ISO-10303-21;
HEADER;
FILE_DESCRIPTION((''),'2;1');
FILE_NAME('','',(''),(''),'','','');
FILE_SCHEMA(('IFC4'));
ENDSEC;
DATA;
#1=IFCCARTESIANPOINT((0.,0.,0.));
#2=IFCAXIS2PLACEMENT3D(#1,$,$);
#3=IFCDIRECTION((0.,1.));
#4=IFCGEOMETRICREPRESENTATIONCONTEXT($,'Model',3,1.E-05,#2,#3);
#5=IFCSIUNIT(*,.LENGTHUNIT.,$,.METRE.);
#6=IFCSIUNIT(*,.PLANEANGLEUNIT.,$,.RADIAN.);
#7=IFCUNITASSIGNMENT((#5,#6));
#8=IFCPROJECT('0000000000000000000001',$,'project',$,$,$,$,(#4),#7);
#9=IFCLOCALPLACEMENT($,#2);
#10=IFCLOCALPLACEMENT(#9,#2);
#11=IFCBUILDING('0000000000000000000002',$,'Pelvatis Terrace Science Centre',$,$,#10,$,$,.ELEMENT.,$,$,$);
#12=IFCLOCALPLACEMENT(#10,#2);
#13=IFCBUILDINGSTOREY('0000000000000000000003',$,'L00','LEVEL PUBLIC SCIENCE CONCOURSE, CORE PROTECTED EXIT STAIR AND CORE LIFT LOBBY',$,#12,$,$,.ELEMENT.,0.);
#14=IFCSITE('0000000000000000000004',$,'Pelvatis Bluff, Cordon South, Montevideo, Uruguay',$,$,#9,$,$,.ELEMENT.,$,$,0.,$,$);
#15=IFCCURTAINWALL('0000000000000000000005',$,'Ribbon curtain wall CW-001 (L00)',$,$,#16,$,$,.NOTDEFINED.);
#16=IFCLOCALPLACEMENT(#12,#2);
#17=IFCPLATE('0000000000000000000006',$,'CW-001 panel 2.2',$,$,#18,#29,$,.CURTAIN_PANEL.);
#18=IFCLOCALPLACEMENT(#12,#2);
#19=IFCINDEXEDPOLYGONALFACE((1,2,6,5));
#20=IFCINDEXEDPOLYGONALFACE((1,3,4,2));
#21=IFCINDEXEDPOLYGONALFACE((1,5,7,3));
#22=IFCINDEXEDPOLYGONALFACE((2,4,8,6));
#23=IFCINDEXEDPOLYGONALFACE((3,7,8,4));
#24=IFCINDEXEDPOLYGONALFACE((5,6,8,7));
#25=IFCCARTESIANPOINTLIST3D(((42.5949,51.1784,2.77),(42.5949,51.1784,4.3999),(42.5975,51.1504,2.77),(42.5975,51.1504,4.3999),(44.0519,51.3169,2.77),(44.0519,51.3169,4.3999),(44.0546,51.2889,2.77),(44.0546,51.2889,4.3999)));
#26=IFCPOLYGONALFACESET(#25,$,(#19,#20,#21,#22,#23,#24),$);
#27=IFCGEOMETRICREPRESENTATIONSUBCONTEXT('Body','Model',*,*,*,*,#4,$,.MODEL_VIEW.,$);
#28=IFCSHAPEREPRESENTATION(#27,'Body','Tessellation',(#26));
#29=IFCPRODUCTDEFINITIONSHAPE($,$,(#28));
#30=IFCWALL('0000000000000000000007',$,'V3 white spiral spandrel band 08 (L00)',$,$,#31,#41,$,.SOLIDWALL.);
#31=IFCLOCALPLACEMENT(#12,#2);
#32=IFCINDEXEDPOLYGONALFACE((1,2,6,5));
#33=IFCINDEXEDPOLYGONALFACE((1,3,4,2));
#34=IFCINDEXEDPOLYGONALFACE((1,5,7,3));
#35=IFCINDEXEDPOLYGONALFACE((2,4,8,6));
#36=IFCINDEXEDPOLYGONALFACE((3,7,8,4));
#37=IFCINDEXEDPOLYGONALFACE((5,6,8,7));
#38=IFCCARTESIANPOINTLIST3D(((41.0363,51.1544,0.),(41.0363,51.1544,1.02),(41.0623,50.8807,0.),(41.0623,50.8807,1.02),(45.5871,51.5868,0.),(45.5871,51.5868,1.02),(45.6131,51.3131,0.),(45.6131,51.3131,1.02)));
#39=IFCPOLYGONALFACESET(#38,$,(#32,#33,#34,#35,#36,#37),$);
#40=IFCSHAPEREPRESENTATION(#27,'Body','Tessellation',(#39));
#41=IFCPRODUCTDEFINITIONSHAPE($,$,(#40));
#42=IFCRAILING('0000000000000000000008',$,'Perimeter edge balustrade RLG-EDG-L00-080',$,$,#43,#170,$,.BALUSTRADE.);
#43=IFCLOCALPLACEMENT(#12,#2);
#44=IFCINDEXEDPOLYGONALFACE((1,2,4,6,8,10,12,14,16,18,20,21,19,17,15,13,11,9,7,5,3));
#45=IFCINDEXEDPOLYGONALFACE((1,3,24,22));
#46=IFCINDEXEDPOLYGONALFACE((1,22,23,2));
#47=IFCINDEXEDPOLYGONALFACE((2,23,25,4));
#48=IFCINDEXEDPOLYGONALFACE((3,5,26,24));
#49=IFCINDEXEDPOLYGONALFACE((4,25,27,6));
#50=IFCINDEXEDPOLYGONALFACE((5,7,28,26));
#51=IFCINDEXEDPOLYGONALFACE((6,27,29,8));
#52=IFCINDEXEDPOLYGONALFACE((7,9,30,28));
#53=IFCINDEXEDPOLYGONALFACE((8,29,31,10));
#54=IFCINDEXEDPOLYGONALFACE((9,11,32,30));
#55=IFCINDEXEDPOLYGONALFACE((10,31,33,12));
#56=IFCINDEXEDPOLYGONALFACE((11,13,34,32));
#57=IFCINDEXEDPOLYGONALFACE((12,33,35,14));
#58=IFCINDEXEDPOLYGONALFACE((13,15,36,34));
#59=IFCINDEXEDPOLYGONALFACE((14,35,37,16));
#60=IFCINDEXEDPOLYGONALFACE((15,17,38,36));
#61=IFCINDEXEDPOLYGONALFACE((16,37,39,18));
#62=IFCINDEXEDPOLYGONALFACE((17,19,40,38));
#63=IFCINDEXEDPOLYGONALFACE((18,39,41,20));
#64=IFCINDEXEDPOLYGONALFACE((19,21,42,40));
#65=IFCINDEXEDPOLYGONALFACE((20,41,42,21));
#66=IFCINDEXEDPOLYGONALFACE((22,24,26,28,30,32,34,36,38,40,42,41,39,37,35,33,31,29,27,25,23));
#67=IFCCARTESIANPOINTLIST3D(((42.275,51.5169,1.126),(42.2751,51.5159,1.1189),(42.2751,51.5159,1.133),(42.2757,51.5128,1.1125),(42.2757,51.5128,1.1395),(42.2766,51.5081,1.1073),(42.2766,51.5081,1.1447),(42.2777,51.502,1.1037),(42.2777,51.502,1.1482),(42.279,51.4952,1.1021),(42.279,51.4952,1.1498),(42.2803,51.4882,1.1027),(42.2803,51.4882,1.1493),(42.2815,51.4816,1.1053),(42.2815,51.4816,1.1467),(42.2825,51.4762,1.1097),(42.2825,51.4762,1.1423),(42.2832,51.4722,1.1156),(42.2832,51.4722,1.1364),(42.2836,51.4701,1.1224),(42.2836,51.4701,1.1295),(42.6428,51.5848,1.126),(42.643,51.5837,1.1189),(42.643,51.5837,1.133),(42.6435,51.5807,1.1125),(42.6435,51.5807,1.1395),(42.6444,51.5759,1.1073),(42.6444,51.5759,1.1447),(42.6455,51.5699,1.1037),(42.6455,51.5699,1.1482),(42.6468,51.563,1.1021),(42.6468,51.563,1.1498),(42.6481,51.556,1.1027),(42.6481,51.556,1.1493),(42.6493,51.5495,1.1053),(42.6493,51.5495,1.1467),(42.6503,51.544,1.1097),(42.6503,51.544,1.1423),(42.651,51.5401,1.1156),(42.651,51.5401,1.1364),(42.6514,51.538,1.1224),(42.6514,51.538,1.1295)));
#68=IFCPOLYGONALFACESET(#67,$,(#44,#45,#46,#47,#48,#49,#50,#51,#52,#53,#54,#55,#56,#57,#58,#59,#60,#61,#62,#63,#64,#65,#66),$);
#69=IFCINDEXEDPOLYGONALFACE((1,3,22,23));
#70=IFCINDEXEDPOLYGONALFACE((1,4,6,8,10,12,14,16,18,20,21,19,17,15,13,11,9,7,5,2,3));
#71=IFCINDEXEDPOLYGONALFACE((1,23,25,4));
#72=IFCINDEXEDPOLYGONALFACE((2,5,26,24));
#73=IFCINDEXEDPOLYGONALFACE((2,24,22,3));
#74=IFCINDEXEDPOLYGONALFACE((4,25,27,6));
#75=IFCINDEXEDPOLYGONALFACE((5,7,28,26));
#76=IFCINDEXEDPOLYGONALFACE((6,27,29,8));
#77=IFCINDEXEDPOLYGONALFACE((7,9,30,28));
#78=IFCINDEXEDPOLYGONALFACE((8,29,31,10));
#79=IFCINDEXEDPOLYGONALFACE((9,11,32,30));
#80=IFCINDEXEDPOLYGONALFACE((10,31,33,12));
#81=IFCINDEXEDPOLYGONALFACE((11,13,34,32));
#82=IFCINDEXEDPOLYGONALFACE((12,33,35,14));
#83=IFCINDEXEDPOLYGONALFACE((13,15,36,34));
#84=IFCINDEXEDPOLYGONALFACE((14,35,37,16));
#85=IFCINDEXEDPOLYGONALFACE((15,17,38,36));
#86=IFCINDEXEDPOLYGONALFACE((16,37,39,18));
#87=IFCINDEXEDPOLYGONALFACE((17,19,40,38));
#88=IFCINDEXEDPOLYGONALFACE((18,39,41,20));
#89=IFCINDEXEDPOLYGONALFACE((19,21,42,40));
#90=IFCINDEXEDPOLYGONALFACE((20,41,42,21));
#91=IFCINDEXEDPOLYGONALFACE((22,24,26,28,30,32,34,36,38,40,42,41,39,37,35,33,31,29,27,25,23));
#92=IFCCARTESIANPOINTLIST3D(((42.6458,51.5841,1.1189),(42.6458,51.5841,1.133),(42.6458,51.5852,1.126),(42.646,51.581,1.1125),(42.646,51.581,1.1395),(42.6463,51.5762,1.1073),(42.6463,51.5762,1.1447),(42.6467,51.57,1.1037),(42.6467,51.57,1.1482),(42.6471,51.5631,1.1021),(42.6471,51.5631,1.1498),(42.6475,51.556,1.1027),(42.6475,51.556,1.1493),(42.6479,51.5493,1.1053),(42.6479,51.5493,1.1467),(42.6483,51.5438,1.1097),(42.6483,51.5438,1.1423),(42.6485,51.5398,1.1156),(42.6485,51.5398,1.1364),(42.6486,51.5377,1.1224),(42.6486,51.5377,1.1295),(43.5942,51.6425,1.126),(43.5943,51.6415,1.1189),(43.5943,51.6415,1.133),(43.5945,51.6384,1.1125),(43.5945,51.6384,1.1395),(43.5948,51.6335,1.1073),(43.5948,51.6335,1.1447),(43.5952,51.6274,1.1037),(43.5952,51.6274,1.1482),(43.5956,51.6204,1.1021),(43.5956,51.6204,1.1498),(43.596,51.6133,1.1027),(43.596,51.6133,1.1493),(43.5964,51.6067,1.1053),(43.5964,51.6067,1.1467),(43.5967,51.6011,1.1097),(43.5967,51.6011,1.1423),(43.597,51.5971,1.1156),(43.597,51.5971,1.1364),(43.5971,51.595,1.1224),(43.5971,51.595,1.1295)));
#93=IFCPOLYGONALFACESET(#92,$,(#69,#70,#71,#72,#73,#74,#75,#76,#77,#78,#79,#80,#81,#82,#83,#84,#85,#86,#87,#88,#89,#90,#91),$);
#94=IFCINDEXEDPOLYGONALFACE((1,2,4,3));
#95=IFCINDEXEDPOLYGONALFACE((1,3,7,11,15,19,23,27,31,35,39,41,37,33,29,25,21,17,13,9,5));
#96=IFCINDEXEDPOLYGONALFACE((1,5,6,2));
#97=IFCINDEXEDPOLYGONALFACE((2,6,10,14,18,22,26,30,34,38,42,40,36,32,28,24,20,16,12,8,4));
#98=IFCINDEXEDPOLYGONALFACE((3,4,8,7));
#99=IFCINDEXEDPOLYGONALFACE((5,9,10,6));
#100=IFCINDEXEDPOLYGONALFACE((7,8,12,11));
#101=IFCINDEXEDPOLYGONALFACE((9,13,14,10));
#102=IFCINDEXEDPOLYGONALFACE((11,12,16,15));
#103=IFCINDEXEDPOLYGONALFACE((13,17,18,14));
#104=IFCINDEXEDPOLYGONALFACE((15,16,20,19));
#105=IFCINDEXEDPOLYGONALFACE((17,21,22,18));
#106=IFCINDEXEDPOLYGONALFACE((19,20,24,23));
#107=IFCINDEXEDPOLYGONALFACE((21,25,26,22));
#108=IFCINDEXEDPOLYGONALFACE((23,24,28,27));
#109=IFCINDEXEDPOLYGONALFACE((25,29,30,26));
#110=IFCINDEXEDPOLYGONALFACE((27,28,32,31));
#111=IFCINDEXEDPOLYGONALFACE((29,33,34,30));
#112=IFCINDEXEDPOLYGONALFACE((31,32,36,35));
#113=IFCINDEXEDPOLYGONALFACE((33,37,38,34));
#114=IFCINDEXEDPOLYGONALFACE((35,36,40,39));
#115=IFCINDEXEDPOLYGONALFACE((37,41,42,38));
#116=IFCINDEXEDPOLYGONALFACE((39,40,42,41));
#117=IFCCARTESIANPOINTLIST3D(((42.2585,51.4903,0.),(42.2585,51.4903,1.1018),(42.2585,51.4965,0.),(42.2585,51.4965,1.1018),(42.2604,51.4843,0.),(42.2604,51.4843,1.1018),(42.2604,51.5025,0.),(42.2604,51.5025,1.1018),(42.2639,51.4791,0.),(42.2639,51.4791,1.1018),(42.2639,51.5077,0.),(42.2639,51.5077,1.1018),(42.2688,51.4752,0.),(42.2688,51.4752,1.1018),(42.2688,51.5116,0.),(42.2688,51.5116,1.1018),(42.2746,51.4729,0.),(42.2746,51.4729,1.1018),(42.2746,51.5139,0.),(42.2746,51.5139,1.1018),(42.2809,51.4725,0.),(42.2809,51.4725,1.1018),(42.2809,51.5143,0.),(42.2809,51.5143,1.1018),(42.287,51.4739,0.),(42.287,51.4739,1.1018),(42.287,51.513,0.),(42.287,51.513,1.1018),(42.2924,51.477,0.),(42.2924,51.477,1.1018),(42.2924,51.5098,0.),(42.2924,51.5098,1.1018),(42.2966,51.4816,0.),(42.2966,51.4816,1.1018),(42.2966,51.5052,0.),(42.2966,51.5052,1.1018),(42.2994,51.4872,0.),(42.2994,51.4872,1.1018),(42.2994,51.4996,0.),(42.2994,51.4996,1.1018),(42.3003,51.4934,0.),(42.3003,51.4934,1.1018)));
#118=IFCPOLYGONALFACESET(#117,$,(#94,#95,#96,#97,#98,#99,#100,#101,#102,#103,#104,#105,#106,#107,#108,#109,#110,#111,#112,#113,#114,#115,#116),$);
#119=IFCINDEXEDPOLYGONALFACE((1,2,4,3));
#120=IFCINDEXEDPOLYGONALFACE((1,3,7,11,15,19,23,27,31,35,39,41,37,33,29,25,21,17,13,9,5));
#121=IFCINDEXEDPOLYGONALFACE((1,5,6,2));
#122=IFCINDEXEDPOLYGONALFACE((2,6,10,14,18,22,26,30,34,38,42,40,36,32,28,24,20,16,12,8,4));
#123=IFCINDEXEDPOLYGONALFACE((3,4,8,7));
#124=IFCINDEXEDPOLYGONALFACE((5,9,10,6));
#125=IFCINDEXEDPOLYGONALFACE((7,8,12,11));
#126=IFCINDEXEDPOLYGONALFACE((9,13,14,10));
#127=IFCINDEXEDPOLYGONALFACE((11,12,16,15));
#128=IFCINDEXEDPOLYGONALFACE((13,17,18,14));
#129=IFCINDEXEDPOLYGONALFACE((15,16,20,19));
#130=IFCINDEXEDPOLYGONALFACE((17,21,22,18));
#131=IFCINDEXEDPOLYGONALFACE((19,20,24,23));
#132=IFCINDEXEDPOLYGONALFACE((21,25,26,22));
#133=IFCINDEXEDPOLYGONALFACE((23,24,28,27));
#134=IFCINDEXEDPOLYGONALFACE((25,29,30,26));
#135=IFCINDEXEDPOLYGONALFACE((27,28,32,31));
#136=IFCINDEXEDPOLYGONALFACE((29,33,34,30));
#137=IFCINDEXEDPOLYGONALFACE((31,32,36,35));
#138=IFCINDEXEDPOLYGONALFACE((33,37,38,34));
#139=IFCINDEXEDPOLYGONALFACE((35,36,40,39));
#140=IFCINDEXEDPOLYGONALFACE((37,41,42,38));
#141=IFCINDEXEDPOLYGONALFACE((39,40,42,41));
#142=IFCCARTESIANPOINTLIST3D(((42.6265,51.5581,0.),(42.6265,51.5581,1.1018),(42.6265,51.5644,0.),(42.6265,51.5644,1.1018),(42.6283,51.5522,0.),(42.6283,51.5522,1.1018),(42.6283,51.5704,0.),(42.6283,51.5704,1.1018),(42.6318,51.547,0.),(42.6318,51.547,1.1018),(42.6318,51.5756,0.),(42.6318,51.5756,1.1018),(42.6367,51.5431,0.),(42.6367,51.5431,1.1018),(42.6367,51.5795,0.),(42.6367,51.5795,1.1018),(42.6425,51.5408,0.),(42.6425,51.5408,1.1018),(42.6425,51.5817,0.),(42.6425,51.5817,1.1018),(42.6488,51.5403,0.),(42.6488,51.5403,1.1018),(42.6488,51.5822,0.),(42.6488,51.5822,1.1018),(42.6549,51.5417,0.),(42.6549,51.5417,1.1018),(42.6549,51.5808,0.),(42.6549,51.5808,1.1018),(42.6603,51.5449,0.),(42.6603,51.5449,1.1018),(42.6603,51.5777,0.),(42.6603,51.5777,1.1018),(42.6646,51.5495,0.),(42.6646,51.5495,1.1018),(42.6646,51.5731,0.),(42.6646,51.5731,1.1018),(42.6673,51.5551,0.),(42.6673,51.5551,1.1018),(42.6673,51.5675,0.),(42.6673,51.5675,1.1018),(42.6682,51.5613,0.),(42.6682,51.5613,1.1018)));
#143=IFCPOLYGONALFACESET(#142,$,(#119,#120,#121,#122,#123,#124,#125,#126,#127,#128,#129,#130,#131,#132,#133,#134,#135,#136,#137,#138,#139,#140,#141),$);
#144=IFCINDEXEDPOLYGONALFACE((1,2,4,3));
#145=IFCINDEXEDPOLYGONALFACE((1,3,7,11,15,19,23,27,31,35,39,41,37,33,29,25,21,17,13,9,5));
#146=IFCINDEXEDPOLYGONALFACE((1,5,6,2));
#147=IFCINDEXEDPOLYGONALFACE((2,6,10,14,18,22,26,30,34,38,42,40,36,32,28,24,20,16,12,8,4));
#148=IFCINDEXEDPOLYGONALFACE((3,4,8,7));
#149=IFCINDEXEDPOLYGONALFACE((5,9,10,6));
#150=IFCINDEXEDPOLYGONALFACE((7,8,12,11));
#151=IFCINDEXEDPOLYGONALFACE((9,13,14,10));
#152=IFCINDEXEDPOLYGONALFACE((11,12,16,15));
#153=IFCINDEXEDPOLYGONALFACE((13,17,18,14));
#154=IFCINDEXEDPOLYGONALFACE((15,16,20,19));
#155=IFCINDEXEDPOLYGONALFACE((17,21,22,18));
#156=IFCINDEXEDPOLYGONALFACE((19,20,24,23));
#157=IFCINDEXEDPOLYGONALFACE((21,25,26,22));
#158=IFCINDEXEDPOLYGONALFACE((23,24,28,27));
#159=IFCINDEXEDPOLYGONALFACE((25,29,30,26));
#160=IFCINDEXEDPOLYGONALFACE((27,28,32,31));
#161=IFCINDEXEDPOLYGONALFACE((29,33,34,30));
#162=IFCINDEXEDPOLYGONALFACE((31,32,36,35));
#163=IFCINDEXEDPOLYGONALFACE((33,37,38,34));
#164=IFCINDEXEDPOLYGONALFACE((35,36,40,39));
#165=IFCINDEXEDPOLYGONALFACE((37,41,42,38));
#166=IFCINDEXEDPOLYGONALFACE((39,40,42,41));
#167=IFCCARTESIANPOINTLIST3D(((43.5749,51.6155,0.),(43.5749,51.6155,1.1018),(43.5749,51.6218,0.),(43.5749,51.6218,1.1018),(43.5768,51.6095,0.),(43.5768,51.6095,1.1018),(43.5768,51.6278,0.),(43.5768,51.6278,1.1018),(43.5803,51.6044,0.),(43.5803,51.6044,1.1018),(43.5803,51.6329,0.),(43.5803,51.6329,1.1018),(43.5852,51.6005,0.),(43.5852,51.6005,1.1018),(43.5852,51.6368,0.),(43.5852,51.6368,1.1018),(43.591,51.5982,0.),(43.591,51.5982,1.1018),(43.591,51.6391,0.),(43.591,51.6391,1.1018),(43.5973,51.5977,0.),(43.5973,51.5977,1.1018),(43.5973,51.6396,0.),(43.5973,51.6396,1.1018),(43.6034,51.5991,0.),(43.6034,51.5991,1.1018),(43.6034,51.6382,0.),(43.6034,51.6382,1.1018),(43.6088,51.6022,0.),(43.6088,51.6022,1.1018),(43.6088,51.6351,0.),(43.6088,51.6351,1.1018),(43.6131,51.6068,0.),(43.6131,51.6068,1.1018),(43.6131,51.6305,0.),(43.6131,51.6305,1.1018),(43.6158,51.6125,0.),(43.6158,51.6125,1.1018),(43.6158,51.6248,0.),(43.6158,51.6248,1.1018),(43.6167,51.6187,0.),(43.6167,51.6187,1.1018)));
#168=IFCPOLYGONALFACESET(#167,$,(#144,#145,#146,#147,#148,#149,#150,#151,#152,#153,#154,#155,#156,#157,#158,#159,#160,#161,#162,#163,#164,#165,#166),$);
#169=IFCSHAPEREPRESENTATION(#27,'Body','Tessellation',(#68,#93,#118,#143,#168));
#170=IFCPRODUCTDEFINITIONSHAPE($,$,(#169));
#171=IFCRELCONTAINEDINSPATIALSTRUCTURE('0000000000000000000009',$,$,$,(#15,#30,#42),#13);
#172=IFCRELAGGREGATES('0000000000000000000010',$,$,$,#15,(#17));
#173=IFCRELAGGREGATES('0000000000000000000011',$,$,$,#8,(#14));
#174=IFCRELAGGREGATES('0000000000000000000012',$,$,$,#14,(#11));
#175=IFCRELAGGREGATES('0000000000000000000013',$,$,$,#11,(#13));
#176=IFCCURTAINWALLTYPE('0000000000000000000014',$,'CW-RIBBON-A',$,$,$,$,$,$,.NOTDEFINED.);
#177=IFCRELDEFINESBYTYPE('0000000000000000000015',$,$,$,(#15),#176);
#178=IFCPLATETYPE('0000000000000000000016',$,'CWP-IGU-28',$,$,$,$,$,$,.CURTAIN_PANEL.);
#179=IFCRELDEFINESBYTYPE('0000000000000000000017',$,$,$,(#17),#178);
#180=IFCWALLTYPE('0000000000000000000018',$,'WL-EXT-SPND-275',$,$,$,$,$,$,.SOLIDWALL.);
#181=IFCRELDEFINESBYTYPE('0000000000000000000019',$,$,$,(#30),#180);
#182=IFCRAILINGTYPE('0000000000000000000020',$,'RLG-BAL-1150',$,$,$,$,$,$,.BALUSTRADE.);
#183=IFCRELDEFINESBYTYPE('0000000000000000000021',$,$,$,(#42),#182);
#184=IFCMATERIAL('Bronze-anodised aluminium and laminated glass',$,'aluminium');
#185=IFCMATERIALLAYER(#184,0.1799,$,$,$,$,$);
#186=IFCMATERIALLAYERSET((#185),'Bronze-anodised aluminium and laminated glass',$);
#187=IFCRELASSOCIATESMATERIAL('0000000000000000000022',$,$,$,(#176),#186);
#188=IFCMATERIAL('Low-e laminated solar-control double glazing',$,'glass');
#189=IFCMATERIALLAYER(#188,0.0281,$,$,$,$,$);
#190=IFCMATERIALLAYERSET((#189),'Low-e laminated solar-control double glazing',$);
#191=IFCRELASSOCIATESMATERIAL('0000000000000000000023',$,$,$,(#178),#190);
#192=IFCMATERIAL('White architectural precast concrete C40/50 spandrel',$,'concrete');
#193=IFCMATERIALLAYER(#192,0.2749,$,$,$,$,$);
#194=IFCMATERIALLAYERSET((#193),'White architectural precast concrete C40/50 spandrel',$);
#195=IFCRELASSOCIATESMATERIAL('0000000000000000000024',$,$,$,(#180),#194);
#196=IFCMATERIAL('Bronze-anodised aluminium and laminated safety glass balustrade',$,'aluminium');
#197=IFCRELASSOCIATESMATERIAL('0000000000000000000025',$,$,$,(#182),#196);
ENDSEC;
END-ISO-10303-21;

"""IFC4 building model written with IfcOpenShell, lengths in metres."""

from ifc_helpers import new_model, si_unit, direction, frame, frame_2d, origin, origin_2d, place, context, subcontext, project, spatial, rectangle, circle, extrude, material, layer, layer_set, type_object, element, aggregate, save


model = new_model("IFC4")

# Units and contexts
model_context = context("Model", 3, precision=1e-05, world=origin(), true_north=direction((0.0, 1.0)))
body_context = subcontext(model_context, "Body", "Model", "MODEL_VIEW")
ifc_project = project(units=[si_unit("LENGTHUNIT", "METRE"), si_unit("PLANEANGLEUNIT", "RADIAN")], contexts=[model_context])

# Site, building, storey
site_placement = place(None, origin())
site = spatial("IfcSite", under=ifc_project, at=site_placement, Name="Pelvatis Bluff, Cordon South, Montevideo, Uruguay", CompositionType="ELEMENT", RefElevation=0.0)
building_placement = place(site_placement, origin())
building = spatial("IfcBuilding", under=site, at=building_placement, Name="Pelvatis Terrace Science Centre", CompositionType="ELEMENT")
storey_placement = place(building_placement, origin())
storey = spatial("IfcBuildingStorey", under=building, at=storey_placement, Name="L00", Description="LEVEL PUBLIC SCIENCE CONCOURSE, CORE PROTECTED EXIT STAIR AND CORE LIFT LOBBY", CompositionType="ELEMENT", Elevation=0.0)

# Curtain wall, plate
ifc_material_1 = material(Name="Bronze-anodised aluminium and laminated glass", Category="aluminium")
ifc_layer_1 = layer(ifc_material_1, 0.1799)
ifc_layer_set_1 = layer_set([ifc_layer_1], Name="Bronze-anodised aluminium and laminated glass")
curtain_wall_type = type_object("IfcCurtainWallType", Name="CW-RIBBON-A", PredefinedType="NOTDEFINED", material=ifc_layer_set_1)
curtain_wall_placement = place(storey_placement, origin())
curtain_wall = element("IfcCurtainWall", 1, at=curtain_wall_placement, inside=storey, type_object=curtain_wall_type, Name="Ribbon curtain wall CW-001 (L00)", PredefinedType="NOTDEFINED")
ifc_material_2 = material(Name="Low-e laminated solar-control double glazing", Category="glass")
ifc_layer_2 = layer(ifc_material_2, 0.0281)
ifc_layer_set_2 = layer_set([ifc_layer_2], Name="Low-e laminated solar-control double glazing")
plate_type = type_object("IfcPlateType", Name="CWP-IGU-28", PredefinedType="CURTAIN_PANEL", material=ifc_layer_set_2)
plate_1_placement = place(storey_placement, frame((43.3247, 51.2336, 2.77), z_axis=(0.0, 0.0, 1.0), x_axis=(-0.995514, -0.094616, 0.0)))
plate_1 = element("IfcPlate", 2, at=plate_1_placement, type_object=plate_type, Name="CW-001 panel 2.2", PredefinedType="CURTAIN_PANEL", context=body_context, shape_type="SweptSolid", body=[
    extrude(rectangle(XDim=1.4636, YDim=0.0281, at=origin_2d()), origin(), (0.0, 0.0, 1.0), 1.6299),
])
aggregate(curtain_wall, [plate_1])

# Wall
ifc_material_3 = material(Name="White architectural precast concrete C40/50 spandrel", Category="concrete")
ifc_layer_3 = layer(ifc_material_3, 0.2749)
ifc_layer_set_3 = layer_set([ifc_layer_3], Name="White architectural precast concrete C40/50 spandrel")
wall_type = type_object("IfcWallType", Name="WL-EXT-SPND-275", PredefinedType="SOLIDWALL", material=ifc_layer_set_3)
wall_placement = place(storey_placement, frame((45.6001, 51.45, 0.0), z_axis=(0.0, 0.0, 1.0), x_axis=(-0.995517, -0.094585, 0.0)))
element("IfcWall", 3, at=wall_placement, inside=storey, type_object=wall_type, Name="V3 white spiral spandrel band 08 (L00)", PredefinedType="SOLIDWALL", context=body_context, shape_type="SweptSolid", body=[
    extrude(rectangle(XDim=4.5713, YDim=0.2749, at=frame_2d((2.2856, 0.0))), origin(), (0.0, 0.0, 1.0), 1.02),
])

# Railing
ifc_material_4 = material(Name="Bronze-anodised aluminium and laminated safety glass balustrade", Category="aluminium")
railing_type = type_object("IfcRailingType", Name="RLG-BAL-1150", PredefinedType="BALUSTRADE", material=ifc_material_4)
railing_1_placement = place(storey_placement, frame((42.2793, 51.4934, 0.0)))
element("IfcRailing", 4, at=railing_1_placement, inside=storey, type_object=railing_type, Name="Perimeter edge balustrade RLG-EDG-L00-080", PredefinedType="BALUSTRADE", context=body_context, shape_type="SweptSolid", body=[
    extrude(circle(Radius=0.0239, at=origin_2d()), frame((0.0, 0.0, 1.126), z_axis=(0.983407, 0.181412, 0.0), x_axis=(-0.181412, 0.983407, 0.0)), (0.0, 0.0, 1.0), 0.374),
    extrude(circle(Radius=0.0239, at=origin_2d()), frame((0.3679, 0.0679, 1.126), z_axis=(0.998176, 0.060379, 0.0), x_axis=(-0.060379, 0.998176, 0.0)), (0.0, 0.0, 1.0), 0.9502),
    extrude(circle(Radius=0.021, at=origin_2d()), origin(), (0.0, 0.0, 1.0), 1.1018),
    extrude(circle(Radius=0.021, at=origin_2d()), frame((0.3679, 0.0679, 0.0)), (0.0, 0.0, 1.0), 1.1018),
    extrude(circle(Radius=0.021, at=origin_2d()), frame((1.3164, 0.1252, 0.0)), (0.0, 0.0, 1.0), 1.1018),
])

save(model, "model.ifc")
